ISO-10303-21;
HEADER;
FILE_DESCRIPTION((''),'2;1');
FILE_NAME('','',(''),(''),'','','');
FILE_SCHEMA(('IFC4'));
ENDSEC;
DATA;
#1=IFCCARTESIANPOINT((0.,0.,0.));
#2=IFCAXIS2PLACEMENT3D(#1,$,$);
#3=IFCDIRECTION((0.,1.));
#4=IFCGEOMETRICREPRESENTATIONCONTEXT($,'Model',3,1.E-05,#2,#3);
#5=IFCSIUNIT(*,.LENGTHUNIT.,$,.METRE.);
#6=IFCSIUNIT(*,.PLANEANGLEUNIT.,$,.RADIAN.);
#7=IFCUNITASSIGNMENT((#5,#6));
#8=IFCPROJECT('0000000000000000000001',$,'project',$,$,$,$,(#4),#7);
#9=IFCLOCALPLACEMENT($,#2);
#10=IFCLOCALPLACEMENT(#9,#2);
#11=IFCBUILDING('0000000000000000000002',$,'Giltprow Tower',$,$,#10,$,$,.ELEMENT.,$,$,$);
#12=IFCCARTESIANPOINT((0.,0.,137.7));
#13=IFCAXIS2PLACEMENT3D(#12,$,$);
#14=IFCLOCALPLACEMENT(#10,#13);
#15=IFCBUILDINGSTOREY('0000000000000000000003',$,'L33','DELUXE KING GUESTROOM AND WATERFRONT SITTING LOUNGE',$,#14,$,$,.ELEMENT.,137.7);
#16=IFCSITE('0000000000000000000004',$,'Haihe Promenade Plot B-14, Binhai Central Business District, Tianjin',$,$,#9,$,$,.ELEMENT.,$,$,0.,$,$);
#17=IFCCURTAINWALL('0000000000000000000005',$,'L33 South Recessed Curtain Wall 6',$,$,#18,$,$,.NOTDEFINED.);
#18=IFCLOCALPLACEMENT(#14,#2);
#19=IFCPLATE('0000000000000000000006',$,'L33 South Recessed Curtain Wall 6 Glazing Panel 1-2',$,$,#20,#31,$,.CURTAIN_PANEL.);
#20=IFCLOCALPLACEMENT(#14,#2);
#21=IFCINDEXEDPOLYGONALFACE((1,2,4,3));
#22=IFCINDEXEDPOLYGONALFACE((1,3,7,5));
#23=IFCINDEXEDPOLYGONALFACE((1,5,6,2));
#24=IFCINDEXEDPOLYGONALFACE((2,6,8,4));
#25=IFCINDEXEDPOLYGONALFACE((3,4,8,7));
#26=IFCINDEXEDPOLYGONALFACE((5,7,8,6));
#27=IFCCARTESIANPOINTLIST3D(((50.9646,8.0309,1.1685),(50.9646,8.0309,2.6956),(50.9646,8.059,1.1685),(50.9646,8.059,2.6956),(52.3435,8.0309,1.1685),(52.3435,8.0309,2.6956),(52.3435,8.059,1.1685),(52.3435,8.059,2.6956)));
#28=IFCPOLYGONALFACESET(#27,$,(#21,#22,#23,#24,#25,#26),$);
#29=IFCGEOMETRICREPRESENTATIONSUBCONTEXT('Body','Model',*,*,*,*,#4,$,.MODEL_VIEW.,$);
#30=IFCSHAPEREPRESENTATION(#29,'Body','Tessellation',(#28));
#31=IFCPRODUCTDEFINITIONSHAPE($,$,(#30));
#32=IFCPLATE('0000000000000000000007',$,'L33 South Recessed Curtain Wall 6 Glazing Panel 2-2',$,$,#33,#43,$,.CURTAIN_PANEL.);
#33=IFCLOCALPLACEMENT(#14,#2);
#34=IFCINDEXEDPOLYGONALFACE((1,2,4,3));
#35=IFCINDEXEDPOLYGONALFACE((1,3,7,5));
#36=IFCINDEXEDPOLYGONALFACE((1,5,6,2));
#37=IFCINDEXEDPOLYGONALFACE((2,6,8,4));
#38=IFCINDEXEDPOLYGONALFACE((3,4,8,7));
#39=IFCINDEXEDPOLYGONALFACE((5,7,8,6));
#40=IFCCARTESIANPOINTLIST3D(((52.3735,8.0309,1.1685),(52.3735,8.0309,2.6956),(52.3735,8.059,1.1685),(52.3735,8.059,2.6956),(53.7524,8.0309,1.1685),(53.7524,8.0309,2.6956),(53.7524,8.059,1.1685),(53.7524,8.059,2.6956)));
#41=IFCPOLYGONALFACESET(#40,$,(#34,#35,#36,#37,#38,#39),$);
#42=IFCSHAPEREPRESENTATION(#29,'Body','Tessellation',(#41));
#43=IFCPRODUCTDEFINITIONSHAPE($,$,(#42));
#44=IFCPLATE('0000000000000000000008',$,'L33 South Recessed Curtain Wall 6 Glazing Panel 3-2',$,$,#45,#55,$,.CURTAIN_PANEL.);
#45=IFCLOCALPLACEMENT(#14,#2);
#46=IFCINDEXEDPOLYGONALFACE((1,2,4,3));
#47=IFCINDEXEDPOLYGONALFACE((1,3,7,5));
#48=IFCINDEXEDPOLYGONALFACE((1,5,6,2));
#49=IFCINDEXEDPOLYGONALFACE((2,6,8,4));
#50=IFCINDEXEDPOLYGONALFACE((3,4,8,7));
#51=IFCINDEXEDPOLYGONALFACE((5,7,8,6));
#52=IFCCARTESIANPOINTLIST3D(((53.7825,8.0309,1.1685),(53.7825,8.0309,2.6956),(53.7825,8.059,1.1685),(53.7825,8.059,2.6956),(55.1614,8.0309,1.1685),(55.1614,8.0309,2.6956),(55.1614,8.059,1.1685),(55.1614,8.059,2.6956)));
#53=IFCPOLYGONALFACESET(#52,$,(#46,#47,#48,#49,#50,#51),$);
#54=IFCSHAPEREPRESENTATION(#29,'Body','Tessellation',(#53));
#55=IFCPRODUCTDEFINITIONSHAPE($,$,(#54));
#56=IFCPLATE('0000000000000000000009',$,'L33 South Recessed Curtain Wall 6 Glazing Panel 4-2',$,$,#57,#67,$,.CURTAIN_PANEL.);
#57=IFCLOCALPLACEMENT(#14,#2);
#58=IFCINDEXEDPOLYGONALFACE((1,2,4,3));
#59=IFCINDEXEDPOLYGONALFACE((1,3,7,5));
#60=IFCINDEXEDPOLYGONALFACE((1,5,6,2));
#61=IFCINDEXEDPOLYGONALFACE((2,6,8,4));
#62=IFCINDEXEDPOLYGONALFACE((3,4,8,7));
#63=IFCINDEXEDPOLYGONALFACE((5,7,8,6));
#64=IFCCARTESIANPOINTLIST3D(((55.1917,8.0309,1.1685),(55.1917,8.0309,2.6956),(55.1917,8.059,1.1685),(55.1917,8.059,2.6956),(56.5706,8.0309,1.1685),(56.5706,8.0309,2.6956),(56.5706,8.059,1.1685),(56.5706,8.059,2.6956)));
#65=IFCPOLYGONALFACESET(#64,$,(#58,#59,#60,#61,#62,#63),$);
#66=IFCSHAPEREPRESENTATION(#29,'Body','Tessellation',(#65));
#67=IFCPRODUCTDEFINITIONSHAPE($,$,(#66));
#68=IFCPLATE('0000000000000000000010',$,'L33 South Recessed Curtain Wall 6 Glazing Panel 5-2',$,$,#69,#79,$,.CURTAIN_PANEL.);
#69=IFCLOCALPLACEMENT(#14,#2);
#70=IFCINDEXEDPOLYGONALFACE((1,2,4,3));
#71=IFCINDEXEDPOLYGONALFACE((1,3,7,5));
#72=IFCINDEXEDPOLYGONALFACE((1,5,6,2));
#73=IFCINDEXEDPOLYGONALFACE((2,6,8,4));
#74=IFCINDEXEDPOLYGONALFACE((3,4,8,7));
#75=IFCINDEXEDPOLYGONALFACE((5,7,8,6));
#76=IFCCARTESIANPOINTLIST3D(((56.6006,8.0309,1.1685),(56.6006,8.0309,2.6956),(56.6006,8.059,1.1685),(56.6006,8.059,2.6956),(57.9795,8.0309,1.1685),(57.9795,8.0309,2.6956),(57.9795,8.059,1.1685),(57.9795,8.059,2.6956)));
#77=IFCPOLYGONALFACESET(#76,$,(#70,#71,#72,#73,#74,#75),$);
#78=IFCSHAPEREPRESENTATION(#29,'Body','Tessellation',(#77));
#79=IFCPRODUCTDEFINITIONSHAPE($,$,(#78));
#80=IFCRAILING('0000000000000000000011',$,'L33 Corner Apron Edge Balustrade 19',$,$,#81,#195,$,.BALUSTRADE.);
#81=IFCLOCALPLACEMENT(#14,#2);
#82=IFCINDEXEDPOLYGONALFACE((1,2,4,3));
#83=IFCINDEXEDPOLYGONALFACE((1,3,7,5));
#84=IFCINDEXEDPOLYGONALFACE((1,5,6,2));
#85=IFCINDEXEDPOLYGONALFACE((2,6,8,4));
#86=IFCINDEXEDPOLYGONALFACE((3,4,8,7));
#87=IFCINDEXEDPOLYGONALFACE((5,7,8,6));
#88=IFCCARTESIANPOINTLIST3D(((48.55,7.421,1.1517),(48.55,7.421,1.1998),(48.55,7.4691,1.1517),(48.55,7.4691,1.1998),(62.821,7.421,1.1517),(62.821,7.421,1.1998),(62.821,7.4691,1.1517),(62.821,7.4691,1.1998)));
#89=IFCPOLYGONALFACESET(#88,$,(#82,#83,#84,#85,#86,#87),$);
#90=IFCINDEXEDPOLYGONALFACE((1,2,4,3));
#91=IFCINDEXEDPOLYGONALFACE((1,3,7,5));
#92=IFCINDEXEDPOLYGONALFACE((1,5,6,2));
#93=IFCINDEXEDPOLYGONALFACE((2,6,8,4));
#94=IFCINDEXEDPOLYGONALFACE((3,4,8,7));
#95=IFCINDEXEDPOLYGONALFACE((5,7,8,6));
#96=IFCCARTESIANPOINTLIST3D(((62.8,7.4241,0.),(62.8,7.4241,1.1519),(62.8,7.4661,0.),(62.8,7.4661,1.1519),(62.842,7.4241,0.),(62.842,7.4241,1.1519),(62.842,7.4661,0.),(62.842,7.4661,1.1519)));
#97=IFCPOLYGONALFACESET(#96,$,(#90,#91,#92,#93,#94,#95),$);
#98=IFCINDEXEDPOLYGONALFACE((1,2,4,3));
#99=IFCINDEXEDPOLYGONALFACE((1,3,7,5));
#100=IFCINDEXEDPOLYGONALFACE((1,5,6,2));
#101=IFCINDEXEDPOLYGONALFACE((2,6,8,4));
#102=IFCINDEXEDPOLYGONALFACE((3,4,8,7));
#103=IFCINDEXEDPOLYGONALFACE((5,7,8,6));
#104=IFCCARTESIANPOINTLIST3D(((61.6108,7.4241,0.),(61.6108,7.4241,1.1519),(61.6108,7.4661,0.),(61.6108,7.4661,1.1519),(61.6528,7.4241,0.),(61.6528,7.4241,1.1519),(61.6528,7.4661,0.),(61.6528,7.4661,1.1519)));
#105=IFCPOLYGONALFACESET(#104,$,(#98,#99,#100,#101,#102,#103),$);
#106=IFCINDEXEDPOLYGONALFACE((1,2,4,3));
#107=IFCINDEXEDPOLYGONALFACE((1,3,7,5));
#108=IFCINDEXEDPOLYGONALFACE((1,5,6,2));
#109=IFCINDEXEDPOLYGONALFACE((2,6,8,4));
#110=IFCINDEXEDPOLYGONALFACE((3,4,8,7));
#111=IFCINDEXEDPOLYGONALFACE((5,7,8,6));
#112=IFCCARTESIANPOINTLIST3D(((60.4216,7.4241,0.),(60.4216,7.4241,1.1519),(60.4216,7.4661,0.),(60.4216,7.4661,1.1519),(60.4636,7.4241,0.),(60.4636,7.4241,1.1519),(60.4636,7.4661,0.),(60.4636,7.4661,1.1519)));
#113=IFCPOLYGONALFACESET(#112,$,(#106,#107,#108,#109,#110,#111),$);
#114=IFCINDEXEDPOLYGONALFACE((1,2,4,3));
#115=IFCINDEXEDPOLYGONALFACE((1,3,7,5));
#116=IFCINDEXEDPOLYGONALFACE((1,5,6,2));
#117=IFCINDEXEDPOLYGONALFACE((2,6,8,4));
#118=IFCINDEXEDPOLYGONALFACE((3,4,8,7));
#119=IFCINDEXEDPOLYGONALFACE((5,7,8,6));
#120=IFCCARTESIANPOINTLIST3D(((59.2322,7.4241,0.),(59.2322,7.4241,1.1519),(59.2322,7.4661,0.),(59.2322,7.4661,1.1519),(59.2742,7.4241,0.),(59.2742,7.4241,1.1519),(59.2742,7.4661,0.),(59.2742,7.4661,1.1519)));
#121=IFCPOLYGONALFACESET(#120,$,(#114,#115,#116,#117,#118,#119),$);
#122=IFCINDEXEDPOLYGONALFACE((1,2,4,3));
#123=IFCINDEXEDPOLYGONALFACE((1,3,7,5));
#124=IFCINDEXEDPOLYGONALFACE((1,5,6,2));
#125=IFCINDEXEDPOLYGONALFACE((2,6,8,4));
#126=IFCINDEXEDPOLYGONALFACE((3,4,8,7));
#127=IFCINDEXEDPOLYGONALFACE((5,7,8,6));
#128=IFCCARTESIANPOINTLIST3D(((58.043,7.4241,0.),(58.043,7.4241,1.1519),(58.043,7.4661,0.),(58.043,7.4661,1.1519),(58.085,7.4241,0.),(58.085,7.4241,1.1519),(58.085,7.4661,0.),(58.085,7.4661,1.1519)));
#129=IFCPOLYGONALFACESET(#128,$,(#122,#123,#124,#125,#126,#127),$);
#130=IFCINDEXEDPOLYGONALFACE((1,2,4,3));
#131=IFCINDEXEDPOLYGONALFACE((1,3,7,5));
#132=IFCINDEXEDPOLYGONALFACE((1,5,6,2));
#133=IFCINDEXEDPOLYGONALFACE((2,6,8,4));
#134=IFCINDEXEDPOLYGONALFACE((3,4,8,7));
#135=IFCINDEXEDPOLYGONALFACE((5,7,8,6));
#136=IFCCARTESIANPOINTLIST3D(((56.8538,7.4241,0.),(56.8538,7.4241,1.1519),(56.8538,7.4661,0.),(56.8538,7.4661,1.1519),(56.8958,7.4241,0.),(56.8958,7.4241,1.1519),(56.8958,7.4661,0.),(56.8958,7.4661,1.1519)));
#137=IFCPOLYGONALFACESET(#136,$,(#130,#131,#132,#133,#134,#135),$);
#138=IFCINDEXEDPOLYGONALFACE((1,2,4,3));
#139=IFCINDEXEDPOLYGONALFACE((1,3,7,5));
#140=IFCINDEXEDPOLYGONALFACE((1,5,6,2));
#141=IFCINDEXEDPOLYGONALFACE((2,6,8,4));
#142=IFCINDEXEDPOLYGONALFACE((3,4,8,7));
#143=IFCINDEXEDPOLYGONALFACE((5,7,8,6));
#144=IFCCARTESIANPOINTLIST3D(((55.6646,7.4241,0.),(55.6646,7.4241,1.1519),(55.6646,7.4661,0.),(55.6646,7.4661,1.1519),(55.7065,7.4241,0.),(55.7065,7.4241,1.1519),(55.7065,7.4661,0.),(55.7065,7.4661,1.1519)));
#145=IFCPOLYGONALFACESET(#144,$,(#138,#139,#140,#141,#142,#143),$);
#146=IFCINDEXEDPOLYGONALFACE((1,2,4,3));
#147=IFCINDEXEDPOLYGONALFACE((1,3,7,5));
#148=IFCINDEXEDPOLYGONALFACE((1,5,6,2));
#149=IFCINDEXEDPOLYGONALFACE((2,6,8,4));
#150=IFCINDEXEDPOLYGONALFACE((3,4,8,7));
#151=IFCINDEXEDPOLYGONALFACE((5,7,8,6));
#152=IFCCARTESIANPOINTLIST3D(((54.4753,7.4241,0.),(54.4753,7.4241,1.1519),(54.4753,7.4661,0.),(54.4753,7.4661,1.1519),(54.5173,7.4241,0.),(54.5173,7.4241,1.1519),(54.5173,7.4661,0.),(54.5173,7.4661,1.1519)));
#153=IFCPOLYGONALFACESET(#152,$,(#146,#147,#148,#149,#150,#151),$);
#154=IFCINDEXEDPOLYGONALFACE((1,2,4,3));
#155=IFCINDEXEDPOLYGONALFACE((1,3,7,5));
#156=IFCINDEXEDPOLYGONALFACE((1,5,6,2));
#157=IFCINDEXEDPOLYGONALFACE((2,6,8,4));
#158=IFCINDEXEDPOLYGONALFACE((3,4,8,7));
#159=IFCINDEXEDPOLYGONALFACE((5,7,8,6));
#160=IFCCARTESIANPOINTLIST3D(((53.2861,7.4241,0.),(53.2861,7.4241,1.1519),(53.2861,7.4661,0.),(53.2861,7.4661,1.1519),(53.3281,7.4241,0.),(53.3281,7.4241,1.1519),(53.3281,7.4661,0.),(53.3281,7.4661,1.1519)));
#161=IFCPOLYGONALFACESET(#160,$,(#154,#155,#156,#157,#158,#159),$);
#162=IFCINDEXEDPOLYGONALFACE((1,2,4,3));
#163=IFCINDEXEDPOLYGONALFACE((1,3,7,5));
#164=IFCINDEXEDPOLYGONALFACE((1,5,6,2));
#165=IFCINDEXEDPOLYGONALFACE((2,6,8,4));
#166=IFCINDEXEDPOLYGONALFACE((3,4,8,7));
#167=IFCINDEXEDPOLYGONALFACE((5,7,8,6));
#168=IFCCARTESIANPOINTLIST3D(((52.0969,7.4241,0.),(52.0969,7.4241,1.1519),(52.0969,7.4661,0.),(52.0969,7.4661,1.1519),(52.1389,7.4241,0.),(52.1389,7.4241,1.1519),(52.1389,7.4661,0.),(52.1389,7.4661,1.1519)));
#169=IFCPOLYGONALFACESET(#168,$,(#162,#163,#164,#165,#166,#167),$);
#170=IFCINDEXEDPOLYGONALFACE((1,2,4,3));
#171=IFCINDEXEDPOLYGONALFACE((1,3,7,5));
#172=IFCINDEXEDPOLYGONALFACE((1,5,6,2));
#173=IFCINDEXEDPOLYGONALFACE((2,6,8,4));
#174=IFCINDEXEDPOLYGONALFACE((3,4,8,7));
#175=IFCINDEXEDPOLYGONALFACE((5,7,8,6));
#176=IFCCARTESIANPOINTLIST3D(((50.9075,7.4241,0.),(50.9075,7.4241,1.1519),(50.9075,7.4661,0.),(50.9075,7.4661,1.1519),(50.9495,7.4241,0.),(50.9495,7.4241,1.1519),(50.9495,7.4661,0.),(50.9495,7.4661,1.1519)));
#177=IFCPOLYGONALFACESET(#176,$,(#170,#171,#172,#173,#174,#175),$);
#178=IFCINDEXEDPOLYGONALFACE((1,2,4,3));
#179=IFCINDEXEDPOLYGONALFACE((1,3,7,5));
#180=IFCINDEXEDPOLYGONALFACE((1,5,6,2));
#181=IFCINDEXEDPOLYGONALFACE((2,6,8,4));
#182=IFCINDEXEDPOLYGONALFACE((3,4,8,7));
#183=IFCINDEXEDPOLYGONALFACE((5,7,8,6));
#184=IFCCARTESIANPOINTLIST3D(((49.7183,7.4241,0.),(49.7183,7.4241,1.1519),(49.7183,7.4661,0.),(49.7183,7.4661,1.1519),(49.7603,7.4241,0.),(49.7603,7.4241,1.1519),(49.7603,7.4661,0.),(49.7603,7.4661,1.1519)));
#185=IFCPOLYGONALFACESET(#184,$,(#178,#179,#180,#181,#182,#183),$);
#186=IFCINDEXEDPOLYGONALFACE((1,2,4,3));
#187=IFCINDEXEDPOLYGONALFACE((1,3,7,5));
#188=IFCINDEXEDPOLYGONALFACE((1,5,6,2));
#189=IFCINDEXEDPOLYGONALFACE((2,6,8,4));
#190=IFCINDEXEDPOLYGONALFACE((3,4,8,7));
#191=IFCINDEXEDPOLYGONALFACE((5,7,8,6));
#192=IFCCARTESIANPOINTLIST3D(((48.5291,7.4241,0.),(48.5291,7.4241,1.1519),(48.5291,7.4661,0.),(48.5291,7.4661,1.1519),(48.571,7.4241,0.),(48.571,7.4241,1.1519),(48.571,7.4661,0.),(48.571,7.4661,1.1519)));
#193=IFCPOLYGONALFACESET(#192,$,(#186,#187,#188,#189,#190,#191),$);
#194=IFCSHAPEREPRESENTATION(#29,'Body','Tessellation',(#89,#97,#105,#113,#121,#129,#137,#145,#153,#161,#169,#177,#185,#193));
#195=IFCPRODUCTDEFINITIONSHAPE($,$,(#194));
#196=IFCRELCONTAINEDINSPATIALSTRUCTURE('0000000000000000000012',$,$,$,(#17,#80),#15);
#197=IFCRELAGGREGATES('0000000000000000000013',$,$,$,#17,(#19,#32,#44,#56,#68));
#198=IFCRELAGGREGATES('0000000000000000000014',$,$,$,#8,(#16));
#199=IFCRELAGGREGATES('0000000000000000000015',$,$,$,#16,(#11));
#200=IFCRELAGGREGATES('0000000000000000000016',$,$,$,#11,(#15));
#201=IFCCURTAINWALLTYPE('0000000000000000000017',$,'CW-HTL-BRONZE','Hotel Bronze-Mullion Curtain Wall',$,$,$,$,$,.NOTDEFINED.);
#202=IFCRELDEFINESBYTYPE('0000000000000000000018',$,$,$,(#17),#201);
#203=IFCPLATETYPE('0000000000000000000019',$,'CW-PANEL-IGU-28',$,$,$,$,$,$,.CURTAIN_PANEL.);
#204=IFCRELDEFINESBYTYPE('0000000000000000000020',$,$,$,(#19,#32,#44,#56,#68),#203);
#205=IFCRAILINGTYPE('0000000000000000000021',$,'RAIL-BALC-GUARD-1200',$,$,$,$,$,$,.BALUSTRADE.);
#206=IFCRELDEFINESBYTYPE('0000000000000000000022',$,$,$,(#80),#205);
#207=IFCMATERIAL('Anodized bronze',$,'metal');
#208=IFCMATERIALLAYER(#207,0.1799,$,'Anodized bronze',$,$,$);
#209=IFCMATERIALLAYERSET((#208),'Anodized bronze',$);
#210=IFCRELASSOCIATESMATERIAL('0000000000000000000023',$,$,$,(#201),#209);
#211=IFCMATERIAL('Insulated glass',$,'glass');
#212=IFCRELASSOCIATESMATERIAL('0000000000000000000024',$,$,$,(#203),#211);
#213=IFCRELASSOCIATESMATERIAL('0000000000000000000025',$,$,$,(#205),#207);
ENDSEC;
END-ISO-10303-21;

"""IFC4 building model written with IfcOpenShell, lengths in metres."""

from ifc_helpers import new_model, si_unit, direction, frame, origin, origin_2d, place, context, subcontext, project, spatial, rectangle, extrude, source, transform, mapped, material, layer, layer_set, type_object, element, aggregate, save


model = new_model("IFC4")

# Units and contexts
model_context = context("Model", 3, precision=1e-05, world=origin(), true_north=direction((0.0, 1.0)))
body_context = subcontext(model_context, "Body", "Model", "MODEL_VIEW")
ifc_project = project(units=[si_unit("LENGTHUNIT", "METRE"), si_unit("PLANEANGLEUNIT", "RADIAN")], contexts=[model_context])

# Site, building, storey
site_placement = place(None, origin())
site = spatial("IfcSite", under=ifc_project, at=site_placement, Name="Haihe Promenade Plot B-14, Binhai Central Business District, Tianjin", CompositionType="ELEMENT", RefElevation=0.0)
building_placement = place(site_placement, origin())
building = spatial("IfcBuilding", under=site, at=building_placement, Name="Giltprow Tower", CompositionType="ELEMENT")
storey_placement = place(building_placement, frame((0.0, 0.0, 137.7)))
storey = spatial("IfcBuildingStorey", under=building, at=storey_placement, Name="L33", Description="DELUXE KING GUESTROOM AND WATERFRONT SITTING LOUNGE", CompositionType="ELEMENT", Elevation=137.7)

# Curtain wall, plates
ifc_material_1 = material(Name="Anodized bronze", Category="metal")
ifc_layer = layer(ifc_material_1, 0.1799, Name="Anodized bronze")
ifc_layer_set = layer_set([ifc_layer], Name="Anodized bronze")
curtain_wall_type = type_object("IfcCurtainWallType", Name="CW-HTL-BRONZE", Description="Hotel Bronze-Mullion Curtain Wall", PredefinedType="NOTDEFINED", material=ifc_layer_set)
curtain_wall_placement = place(storey_placement, origin())
curtain_wall = element("IfcCurtainWall", 1, at=curtain_wall_placement, inside=storey, type_object=curtain_wall_type, Name="L33 South Recessed Curtain Wall 6", PredefinedType="NOTDEFINED")
ifc_material_2 = material(Name="Insulated glass", Category="glass")
plate_type = type_object("IfcPlateType", Name="CW-PANEL-IGU-28", PredefinedType="CURTAIN_PANEL", material=ifc_material_2)
shared_shape_1 = source(origin(), body_context, "Body", "SweptSolid", [
    extrude(rectangle(XDim=1.3789, YDim=0.0281, at=origin_2d()), origin(), (0.0, 0.0, 1.0), 1.5271),
])
plate_1_placement = place(storey_placement, frame((51.6541, 8.0449, 1.1685), z_axis=(0.0, 0.0, 1.0), x_axis=(1.0, 0.0, 0.0)))
plate_1 = element("IfcPlate", 2, at=plate_1_placement, type_object=plate_type, Name="L33 South Recessed Curtain Wall 6 Glazing Panel 1-2", PredefinedType="CURTAIN_PANEL", context=body_context, shape_type="MappedRepresentation", body=[
    mapped(shared_shape_1, transform((0.0, 0.0, 0.0), x_axis=(1.0, 0.0, 0.0), y_axis=(0.0, 1.0, 0.0), z_axis=(0.0, 0.0, 1.0), scale=1.0)),
])
plate_2_placement = place(storey_placement, frame((53.063, 8.0449, 1.1685), z_axis=(0.0, 0.0, 1.0), x_axis=(1.0, 0.0, 0.0)))
plate_2 = element("IfcPlate", 3, at=plate_2_placement, type_object=plate_type, Name="L33 South Recessed Curtain Wall 6 Glazing Panel 2-2", PredefinedType="CURTAIN_PANEL", context=body_context, shape_type="MappedRepresentation", body=[
    mapped(shared_shape_1, transform((0.0, 0.0, 0.0), x_axis=(1.0, 0.0, 0.0), y_axis=(0.0, 1.0, 0.0), z_axis=(0.0, 0.0, 1.0), scale=1.0)),
])
plate_3_placement = place(storey_placement, frame((54.4719, 8.0449, 1.1685), z_axis=(0.0, 0.0, 1.0), x_axis=(1.0, 0.0, 0.0)))
plate_3 = element("IfcPlate", 4, at=plate_3_placement, type_object=plate_type, Name="L33 South Recessed Curtain Wall 6 Glazing Panel 3-2", PredefinedType="CURTAIN_PANEL", context=body_context, shape_type="MappedRepresentation", body=[
    mapped(shared_shape_1, transform((0.0, 0.0, 0.0), x_axis=(1.0, 0.0, 0.0), y_axis=(0.0, 1.0, 0.0), z_axis=(0.0, 0.0, 1.0), scale=1.0)),
])
plate_4_placement = place(storey_placement, frame((55.8811, 8.0449, 1.1685), z_axis=(0.0, 0.0, 1.0), x_axis=(1.0, 0.0, 0.0)))
plate_4 = element("IfcPlate", 5, at=plate_4_placement, type_object=plate_type, Name="L33 South Recessed Curtain Wall 6 Glazing Panel 4-2", PredefinedType="CURTAIN_PANEL", context=body_context, shape_type="MappedRepresentation", body=[
    mapped(shared_shape_1, transform((0.0, 0.0, 0.0), x_axis=(1.0, 0.0, 0.0), y_axis=(0.0, 1.0, 0.0), z_axis=(0.0, 0.0, 1.0), scale=1.0)),
])
plate_5_placement = place(storey_placement, frame((57.29, 8.0449, 1.1685), z_axis=(0.0, 0.0, 1.0), x_axis=(1.0, 0.0, 0.0)))
plate_5 = element("IfcPlate", 6, at=plate_5_placement, type_object=plate_type, Name="L33 South Recessed Curtain Wall 6 Glazing Panel 5-2", PredefinedType="CURTAIN_PANEL", context=body_context, shape_type="MappedRepresentation", body=[
    mapped(shared_shape_1, transform((0.0, 0.0, 0.0), x_axis=(1.0, 0.0, 0.0), y_axis=(0.0, 1.0, 0.0), z_axis=(0.0, 0.0, 1.0), scale=1.0)),
])
aggregate(curtain_wall, [plate_1, plate_2, plate_3, plate_4, plate_5])

# Railing
railing_type = type_object("IfcRailingType", Name="RAIL-BALC-GUARD-1200", PredefinedType="BALUSTRADE", material=ifc_material_1)
railing_placement = place(storey_placement, frame((62.821, 7.4451, 0.0)))
element("IfcRailing", 7, at=railing_placement, inside=storey, type_object=railing_type, Name="L33 Corner Apron Edge Balustrade 19", PredefinedType="BALUSTRADE", context=body_context, shape_type="SweptSolid", body=[
    extrude(rectangle(XDim=0.0481, YDim=0.0481, at=origin_2d()), frame((0.0, 0.0, 1.1758), z_axis=(-1.0, 0.0, 0.0), x_axis=(0.0, -1.0, 0.0)), (0.0, 0.0, 1.0), 14.271),
    extrude(rectangle(XDim=0.042, YDim=0.042, at=origin_2d()), origin(), (0.0, 0.0, 1.0), 1.1519),
    extrude(rectangle(XDim=0.042, YDim=0.042, at=origin_2d()), frame((-1.1892, 0.0, 0.0)), (0.0, 0.0, 1.0), 1.1519),
    extrude(rectangle(XDim=0.042, YDim=0.042, at=origin_2d()), frame((-2.3784, 0.0, 0.0)), (0.0, 0.0, 1.0), 1.1519),
    extrude(rectangle(XDim=0.042, YDim=0.042, at=origin_2d()), frame((-3.5679, 0.0, 0.0)), (0.0, 0.0, 1.0), 1.1519),
    extrude(rectangle(XDim=0.042, YDim=0.042, at=origin_2d()), frame((-4.7571, 0.0, 0.0)), (0.0, 0.0, 1.0), 1.1519),
    extrude(rectangle(XDim=0.042, YDim=0.042, at=origin_2d()), frame((-5.9463, 0.0, 0.0)), (0.0, 0.0, 1.0), 1.1519),
    extrude(rectangle(XDim=0.042, YDim=0.042, at=origin_2d()), frame((-7.1355, 0.0, 0.0)), (0.0, 0.0, 1.0), 1.1519),
    extrude(rectangle(XDim=0.042, YDim=0.042, at=origin_2d()), frame((-8.3247, 0.0, 0.0)), (0.0, 0.0, 1.0), 1.1519),
    extrude(rectangle(XDim=0.042, YDim=0.042, at=origin_2d()), frame((-9.5139, 0.0, 0.0)), (0.0, 0.0, 1.0), 1.1519),
    extrude(rectangle(XDim=0.042, YDim=0.042, at=origin_2d()), frame((-10.7031, 0.0, 0.0)), (0.0, 0.0, 1.0), 1.1519),
    extrude(rectangle(XDim=0.042, YDim=0.042, at=origin_2d()), frame((-11.8926, 0.0, 0.0)), (0.0, 0.0, 1.0), 1.1519),
    extrude(rectangle(XDim=0.042, YDim=0.042, at=origin_2d()), frame((-13.0818, 0.0, 0.0)), (0.0, 0.0, 1.0), 1.1519),
    extrude(rectangle(XDim=0.042, YDim=0.042, at=origin_2d()), frame((-14.271, 0.0, 0.0)), (0.0, 0.0, 1.0), 1.1519),
])

save(model, "model.ifc")
